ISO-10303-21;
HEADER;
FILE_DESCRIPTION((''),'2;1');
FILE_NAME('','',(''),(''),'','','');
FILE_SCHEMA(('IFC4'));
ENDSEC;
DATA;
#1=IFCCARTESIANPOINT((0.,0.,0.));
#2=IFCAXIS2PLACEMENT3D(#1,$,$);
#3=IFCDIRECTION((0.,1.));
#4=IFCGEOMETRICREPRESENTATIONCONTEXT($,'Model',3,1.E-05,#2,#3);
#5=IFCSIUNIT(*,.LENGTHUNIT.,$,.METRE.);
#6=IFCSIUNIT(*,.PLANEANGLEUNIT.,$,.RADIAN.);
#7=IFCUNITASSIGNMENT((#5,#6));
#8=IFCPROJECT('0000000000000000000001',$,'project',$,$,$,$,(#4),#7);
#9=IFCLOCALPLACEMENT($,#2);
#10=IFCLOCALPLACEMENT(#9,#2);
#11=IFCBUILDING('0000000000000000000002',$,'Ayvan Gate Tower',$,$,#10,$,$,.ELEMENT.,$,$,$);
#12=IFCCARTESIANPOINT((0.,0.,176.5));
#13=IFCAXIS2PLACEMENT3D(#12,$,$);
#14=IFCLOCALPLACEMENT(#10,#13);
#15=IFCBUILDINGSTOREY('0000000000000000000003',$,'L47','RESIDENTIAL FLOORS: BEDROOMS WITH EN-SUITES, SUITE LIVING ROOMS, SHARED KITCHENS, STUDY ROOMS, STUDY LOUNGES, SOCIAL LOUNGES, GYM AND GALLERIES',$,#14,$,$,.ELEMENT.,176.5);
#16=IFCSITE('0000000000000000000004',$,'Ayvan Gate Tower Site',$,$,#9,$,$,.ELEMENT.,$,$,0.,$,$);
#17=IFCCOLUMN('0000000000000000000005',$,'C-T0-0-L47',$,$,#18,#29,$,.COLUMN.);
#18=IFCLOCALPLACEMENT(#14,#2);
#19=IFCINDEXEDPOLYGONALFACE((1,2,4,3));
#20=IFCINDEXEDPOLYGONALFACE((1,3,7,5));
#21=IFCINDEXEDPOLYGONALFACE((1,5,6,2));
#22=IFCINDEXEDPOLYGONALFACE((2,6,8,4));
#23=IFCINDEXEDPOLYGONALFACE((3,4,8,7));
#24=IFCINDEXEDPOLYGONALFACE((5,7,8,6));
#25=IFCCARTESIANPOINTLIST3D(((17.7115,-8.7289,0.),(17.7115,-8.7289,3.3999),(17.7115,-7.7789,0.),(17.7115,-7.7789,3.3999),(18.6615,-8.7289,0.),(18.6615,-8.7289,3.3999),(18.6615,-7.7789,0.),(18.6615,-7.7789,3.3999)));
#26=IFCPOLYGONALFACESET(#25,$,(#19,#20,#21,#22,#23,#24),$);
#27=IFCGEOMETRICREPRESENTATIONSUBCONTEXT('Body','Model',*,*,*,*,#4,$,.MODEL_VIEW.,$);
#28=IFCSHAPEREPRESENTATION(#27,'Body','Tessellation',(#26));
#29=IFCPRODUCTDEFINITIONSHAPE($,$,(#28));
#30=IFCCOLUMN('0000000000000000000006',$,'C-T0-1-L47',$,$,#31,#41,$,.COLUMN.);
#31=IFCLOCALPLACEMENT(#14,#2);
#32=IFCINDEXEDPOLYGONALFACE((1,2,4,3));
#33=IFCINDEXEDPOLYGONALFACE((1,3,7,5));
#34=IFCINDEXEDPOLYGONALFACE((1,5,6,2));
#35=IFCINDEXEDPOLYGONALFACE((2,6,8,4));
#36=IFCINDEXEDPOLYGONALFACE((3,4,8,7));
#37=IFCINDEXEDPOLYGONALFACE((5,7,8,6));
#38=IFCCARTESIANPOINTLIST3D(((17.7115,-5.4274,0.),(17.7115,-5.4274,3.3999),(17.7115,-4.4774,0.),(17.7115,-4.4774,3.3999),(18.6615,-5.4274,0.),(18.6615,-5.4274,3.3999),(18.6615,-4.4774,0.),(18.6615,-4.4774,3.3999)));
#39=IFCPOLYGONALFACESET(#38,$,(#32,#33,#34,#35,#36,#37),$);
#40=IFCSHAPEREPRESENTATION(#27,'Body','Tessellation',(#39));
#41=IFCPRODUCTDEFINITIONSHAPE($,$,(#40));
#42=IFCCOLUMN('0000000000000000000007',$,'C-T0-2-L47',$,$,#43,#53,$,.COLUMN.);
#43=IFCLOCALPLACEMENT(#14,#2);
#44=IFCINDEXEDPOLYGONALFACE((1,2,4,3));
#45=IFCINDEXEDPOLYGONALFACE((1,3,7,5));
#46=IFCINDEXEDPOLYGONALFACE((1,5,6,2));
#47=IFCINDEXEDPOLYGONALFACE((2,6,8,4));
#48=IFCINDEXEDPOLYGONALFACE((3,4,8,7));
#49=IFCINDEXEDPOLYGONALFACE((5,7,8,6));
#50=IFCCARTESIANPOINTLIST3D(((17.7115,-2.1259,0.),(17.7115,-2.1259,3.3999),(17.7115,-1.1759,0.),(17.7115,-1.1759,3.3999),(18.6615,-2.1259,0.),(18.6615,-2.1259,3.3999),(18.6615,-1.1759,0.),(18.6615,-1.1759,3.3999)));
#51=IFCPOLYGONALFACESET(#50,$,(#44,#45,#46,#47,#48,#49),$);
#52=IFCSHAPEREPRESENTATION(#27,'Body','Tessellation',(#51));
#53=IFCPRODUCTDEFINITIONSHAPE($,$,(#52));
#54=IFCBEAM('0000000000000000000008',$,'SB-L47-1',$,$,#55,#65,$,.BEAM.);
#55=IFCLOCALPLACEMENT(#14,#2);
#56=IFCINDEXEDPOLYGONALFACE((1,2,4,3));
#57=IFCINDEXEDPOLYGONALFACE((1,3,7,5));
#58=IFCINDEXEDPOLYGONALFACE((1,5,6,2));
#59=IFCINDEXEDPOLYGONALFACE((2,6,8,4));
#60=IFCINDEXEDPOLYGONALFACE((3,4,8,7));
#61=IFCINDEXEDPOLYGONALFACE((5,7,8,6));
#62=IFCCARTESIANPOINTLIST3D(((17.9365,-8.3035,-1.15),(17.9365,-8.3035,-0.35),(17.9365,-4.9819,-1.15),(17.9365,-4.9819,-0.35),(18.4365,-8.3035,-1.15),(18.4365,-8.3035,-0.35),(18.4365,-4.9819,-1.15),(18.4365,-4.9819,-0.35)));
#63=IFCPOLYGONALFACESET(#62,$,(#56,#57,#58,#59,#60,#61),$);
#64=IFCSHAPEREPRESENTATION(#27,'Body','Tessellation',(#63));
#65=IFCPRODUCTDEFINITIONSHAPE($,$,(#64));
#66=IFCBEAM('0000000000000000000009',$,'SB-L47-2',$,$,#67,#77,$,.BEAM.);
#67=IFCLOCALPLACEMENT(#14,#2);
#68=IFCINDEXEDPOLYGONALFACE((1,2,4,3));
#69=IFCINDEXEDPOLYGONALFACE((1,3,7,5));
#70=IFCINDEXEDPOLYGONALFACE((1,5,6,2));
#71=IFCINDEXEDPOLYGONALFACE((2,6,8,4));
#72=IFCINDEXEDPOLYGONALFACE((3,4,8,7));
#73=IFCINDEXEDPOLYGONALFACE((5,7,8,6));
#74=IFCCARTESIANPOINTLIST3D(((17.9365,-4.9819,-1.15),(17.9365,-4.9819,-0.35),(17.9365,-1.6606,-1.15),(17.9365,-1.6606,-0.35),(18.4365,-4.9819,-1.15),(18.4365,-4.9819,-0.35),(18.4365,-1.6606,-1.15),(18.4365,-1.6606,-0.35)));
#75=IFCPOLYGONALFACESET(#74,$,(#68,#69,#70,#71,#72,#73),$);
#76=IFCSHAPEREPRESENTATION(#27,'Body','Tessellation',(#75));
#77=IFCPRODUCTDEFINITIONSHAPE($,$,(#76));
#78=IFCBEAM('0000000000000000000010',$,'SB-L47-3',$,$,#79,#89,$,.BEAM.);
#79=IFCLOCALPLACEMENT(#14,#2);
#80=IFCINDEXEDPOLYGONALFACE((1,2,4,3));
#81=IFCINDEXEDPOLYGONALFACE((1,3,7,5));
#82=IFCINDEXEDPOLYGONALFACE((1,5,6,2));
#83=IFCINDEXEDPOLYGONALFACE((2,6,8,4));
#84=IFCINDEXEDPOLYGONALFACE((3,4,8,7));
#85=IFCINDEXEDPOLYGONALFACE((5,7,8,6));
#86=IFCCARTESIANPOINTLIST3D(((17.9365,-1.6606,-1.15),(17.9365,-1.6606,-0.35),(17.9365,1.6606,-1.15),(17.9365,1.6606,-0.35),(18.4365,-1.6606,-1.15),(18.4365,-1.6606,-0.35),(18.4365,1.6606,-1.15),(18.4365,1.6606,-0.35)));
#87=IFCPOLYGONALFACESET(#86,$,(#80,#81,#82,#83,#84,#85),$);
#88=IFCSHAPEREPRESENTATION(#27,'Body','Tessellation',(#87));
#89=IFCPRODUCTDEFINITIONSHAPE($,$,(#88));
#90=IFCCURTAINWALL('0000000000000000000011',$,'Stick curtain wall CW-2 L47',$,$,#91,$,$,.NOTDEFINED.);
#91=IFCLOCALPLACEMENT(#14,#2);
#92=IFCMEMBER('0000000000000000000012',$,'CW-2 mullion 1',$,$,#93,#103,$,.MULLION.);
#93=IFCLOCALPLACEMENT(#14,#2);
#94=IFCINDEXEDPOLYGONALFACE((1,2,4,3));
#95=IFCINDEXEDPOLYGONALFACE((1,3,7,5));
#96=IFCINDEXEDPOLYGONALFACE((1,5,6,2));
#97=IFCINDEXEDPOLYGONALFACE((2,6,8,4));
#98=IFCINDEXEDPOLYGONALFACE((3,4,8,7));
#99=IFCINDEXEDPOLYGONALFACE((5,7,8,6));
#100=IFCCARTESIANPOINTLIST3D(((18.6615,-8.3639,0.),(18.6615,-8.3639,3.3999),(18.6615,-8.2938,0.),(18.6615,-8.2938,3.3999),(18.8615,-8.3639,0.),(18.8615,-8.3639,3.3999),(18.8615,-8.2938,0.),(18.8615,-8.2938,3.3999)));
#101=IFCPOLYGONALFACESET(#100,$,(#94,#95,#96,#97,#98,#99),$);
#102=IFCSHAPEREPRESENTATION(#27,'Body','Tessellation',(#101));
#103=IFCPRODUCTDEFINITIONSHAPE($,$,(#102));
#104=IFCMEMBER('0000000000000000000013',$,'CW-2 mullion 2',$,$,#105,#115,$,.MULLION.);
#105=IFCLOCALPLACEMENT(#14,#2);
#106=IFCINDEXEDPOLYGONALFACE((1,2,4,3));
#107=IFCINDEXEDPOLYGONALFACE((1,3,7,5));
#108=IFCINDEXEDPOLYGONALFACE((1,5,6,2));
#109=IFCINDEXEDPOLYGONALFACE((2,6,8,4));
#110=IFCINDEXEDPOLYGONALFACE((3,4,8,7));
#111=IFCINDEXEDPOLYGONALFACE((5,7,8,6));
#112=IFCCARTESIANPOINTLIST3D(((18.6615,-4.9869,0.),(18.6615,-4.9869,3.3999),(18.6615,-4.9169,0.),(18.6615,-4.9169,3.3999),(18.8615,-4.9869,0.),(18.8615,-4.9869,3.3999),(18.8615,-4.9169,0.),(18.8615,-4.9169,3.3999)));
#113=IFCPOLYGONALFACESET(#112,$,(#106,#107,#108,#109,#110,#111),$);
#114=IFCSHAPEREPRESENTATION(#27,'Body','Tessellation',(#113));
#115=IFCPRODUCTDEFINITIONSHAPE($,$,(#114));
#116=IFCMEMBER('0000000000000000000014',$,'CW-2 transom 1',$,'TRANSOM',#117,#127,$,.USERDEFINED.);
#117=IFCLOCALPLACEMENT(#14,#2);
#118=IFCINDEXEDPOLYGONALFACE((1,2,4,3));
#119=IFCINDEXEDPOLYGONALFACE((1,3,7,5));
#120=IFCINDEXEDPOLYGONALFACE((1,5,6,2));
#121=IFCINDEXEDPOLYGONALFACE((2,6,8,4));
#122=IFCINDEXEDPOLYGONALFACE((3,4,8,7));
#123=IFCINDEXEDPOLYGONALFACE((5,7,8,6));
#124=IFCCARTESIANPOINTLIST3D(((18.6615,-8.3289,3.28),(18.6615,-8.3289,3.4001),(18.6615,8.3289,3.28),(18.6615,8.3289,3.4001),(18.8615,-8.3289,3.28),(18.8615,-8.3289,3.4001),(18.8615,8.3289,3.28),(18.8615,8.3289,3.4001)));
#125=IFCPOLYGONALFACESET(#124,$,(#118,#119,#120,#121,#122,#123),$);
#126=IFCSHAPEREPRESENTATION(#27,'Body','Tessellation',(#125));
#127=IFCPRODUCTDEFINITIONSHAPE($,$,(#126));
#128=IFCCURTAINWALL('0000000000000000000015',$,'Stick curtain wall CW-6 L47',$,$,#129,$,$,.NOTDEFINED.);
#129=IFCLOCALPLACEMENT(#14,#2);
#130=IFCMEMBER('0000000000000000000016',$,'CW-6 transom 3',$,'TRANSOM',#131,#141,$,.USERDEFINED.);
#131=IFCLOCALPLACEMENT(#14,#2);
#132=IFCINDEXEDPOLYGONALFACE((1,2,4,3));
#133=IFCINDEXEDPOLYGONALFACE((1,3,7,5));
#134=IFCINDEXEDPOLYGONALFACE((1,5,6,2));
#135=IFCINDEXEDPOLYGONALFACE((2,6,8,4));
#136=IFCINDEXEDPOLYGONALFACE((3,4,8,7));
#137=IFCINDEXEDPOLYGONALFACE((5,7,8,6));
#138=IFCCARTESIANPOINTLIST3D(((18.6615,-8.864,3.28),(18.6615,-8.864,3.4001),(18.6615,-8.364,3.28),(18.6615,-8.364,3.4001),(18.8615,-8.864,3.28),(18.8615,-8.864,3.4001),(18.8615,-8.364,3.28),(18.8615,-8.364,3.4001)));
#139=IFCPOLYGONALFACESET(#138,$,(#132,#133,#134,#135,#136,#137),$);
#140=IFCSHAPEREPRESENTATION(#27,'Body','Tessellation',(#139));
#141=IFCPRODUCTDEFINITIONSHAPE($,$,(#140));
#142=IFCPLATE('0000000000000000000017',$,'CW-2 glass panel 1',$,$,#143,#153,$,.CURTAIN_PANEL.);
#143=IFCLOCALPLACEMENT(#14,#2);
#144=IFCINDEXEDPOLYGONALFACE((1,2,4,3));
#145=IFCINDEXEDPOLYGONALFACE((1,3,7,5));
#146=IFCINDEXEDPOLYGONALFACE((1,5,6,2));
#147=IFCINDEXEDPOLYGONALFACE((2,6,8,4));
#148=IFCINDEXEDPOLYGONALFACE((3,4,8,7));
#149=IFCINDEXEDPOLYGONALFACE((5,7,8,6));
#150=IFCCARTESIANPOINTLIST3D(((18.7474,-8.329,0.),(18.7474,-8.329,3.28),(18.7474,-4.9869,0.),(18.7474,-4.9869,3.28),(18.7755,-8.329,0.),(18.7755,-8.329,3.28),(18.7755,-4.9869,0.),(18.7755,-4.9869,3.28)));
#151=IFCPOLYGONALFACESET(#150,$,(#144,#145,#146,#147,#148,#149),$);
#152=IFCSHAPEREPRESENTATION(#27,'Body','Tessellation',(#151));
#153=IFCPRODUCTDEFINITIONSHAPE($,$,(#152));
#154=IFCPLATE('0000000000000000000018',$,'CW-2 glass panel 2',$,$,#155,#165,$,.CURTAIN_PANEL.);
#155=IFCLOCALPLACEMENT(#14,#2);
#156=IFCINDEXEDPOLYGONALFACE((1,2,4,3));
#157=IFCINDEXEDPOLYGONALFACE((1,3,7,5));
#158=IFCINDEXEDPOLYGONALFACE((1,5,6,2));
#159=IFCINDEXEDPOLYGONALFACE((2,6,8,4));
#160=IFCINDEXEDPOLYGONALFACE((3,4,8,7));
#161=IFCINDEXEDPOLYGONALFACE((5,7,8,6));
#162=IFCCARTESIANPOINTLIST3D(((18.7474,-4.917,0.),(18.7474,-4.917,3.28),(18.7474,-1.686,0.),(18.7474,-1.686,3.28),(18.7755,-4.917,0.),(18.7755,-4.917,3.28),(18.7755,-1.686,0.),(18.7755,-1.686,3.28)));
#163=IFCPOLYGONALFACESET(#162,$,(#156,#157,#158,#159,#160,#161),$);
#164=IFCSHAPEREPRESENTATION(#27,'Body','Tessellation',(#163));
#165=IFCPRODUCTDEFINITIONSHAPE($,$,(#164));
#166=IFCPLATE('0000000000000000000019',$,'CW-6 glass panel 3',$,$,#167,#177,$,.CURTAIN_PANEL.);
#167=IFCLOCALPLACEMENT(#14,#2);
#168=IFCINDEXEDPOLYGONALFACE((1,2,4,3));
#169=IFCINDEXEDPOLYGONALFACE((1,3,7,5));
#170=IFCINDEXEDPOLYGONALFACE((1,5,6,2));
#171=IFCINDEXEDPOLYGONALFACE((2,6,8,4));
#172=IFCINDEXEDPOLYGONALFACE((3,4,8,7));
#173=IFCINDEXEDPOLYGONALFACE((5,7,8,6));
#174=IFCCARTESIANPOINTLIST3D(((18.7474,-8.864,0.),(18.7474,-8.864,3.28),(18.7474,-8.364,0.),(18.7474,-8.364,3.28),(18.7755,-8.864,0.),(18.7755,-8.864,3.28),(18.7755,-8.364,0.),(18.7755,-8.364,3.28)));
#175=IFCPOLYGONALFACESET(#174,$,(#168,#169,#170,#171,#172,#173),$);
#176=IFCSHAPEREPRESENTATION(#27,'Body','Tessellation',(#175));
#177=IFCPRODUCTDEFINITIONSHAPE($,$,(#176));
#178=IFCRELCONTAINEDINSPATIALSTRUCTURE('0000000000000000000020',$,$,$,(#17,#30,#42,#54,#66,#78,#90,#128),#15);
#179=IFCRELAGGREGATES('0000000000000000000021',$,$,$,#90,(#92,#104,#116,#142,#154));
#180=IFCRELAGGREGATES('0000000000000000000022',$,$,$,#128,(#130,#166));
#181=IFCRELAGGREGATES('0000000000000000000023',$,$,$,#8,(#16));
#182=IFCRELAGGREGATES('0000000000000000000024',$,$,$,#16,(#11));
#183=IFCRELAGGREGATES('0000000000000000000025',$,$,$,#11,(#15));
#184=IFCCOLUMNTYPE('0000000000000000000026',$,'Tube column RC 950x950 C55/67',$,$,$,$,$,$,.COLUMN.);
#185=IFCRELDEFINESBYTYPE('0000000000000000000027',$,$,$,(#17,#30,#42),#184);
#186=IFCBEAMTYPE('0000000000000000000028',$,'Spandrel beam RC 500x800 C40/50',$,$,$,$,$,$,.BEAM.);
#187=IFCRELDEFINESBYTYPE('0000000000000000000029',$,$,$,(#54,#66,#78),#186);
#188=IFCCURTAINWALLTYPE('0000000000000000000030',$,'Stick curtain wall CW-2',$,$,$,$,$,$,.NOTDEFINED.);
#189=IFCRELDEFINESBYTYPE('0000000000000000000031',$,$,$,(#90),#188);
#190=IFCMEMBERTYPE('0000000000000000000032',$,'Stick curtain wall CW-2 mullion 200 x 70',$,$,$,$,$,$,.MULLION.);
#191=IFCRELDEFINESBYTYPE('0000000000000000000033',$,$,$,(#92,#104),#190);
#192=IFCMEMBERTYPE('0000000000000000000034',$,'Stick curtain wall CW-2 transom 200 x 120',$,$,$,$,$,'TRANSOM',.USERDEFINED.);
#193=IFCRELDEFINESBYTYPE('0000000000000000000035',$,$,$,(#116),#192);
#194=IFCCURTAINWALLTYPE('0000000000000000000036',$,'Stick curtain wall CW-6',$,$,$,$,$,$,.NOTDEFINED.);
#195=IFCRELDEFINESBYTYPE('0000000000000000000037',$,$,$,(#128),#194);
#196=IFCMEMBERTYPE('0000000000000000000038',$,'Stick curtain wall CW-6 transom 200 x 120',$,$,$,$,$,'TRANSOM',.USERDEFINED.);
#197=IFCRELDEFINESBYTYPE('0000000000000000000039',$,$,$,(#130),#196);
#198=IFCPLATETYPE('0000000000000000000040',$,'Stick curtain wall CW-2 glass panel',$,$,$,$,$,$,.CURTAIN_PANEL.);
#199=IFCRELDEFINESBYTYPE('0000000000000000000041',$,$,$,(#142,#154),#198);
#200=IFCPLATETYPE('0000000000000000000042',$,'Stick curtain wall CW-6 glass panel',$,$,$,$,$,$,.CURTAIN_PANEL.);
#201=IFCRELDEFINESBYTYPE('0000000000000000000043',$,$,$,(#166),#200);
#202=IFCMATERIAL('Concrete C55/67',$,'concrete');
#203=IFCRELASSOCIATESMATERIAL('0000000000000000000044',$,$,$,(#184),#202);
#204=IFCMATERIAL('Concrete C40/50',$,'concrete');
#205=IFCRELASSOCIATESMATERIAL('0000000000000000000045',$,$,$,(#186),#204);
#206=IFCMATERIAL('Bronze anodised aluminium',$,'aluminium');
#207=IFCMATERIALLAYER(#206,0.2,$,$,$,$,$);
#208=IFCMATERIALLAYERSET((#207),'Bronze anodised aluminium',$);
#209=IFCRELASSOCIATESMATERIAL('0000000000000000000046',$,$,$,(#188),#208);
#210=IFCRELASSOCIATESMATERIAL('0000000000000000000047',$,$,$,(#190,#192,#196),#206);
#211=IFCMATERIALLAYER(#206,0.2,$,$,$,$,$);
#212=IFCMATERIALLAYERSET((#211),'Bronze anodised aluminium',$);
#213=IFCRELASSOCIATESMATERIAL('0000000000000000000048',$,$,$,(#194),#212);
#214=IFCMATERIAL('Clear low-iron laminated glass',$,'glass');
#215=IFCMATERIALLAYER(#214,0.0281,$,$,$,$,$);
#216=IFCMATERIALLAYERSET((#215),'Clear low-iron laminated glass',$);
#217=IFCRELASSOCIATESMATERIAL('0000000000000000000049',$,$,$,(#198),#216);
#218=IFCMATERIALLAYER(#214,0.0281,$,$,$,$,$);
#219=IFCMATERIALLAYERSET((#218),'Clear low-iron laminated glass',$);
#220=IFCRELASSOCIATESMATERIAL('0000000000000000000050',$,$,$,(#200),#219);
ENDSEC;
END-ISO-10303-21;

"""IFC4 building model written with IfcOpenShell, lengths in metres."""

from ifc_helpers import new_model, si_unit, direction, frame, origin, origin_2d, place, context, subcontext, project, spatial, rectangle, extrude, material, layer, layer_set, material_profile, profile_set, type_object, element, aggregate, save


model = new_model("IFC4")

# Units and contexts
model_context = context("Model", 3, precision=1e-05, world=origin(), true_north=direction((0.0, 1.0)))
body_context = subcontext(model_context, "Body", "Model", "MODEL_VIEW")
ifc_project = project(units=[si_unit("LENGTHUNIT", "METRE"), si_unit("PLANEANGLEUNIT", "RADIAN")], contexts=[model_context])

# Site, building, storey
site_placement = place(None, origin())
site = spatial("IfcSite", under=ifc_project, at=site_placement, Name="Ayvan Gate Tower Site", CompositionType="ELEMENT", RefElevation=0.0)
building_placement = place(site_placement, origin())
building = spatial("IfcBuilding", under=site, at=building_placement, Name="Ayvan Gate Tower", CompositionType="ELEMENT")
storey_placement = place(building_placement, frame((0.0, 0.0, 176.5)))
storey = spatial("IfcBuildingStorey", under=building, at=storey_placement, Name="L47", Description="RESIDENTIAL FLOORS: BEDROOMS WITH EN-SUITES, SUITE LIVING ROOMS, SHARED KITCHENS, STUDY ROOMS, STUDY LOUNGES, SOCIAL LOUNGES, GYM AND GALLERIES", CompositionType="ELEMENT", Elevation=176.5)

# Columns
ifc_material_1 = material(Name="Concrete C55/67", Category="concrete")
ifc_material_profile_1 = material_profile(ifc_material_1, rectangle(XDim=0.95, YDim=0.95, at=origin_2d()), Name="RC 950x950")
ifc_profile_set_1 = profile_set([ifc_material_profile_1], Name="Concrete C55/67")
column_type = type_object("IfcColumnType", Name="Tube column RC 950x950 C55/67", PredefinedType="COLUMN", material=ifc_profile_set_1)
for number, where, z_axis, x_axis, name in (
    (1, (18.1865, -8.2539, 0.0), (0.0, 0.0, 1.0), (1.0, 0.0, 0.0), "C-T0-0-L47"),
    (2, (18.1865, -4.9524, 0.0), (0.0, 0.0, 1.0), (1.0, 0.0, 0.0), "C-T0-1-L47"),
    (3, (18.1865, -1.6509, 0.0), (0.0, 0.0, 1.0), (1.0, 0.0, 0.0), "C-T0-2-L47"),
):
    element("IfcColumn", number, at=place(storey_placement, frame(where, z_axis=z_axis, x_axis=x_axis)), inside=storey, type_object=column_type, Name=name, PredefinedType="COLUMN", context=body_context, shape_type="SweptSolid", body=[
        extrude(rectangle(XDim=0.95, YDim=0.95, at=origin_2d()), origin(), (0.0, 0.0, 1.0), 3.3999),
    ])

# Beams
ifc_material_2 = material(Name="Concrete C40/50", Category="concrete")
ifc_material_profile_2 = material_profile(ifc_material_2, rectangle(XDim=0.5, YDim=0.8, at=origin_2d()), Name="RC 500x800")
ifc_profile_set_2 = profile_set([ifc_material_profile_2], Name="Concrete C40/50")
beam_type = type_object("IfcBeamType", Name="Spandrel beam RC 500x800 C40/50", PredefinedType="BEAM", material=ifc_profile_set_2)
beam_placement = place(storey_placement, frame((18.1865, -8.3035, -0.75), z_axis=(0.0, 1.0, 0.0), x_axis=(-1.0, 0.0, 0.0)))
element("IfcBeam", 4, at=beam_placement, inside=storey, type_object=beam_type, Name="SB-L47-1", PredefinedType="BEAM", context=body_context, shape_type="SweptSolid", body=[
    extrude(rectangle(XDim=0.5, YDim=0.8, at=origin_2d()), origin(), (0.0, 0.0, 1.0), 3.3215),
])
for number, where, z_axis, x_axis, name in (
    (5, (18.1865, -4.9819, -0.75), (0.0, 1.0, 0.0), (-1.0, 0.0, 0.0), "SB-L47-2"),
    (6, (18.1865, -1.6606, -0.75), (0.0, 1.0, 0.0), (-1.0, 0.0, 0.0), "SB-L47-3"),
):
    element("IfcBeam", number, at=place(storey_placement, frame(where, z_axis=z_axis, x_axis=x_axis)), inside=storey, type_object=beam_type, Name=name, PredefinedType="BEAM", context=body_context, shape_type="SweptSolid", body=[
        extrude(rectangle(XDim=0.5, YDim=0.8, at=origin_2d()), origin(), (0.0, 0.0, 1.0), 3.3213),
    ])

# Curtain wall, members
ifc_material_3 = material(Name="Bronze anodised aluminium", Category="aluminium")
ifc_layer_1 = layer(ifc_material_3, 0.2)
ifc_layer_set_1 = layer_set([ifc_layer_1], Name="Bronze anodised aluminium")
curtain_wall_type_1 = type_object("IfcCurtainWallType", Name="Stick curtain wall CW-2", PredefinedType="NOTDEFINED", material=ifc_layer_set_1)
curtain_wall_1_placement = place(storey_placement, origin())
curtain_wall_1 = element("IfcCurtainWall", 7, at=curtain_wall_1_placement, inside=storey, type_object=curtain_wall_type_1, Name="Stick curtain wall CW-2 L47", PredefinedType="NOTDEFINED")
ifc_material_profile_3 = material_profile(ifc_material_3, rectangle(XDim=0.2, YDim=0.0701, at=origin_2d()), Name="Stick curtain wall CW-2 mullion 200 x 70")
ifc_profile_set_3 = profile_set([ifc_material_profile_3], Name="Bronze anodised aluminium")
member_type_1 = type_object("IfcMemberType", Name="Stick curtain wall CW-2 mullion 200 x 70", PredefinedType="MULLION", material=ifc_profile_set_3)
member_1_placement = place(storey_placement, frame((18.7615, -8.3289, 0.0), z_axis=(0.0, 0.0, 1.0), x_axis=(1.0, 0.0, 0.0)))
member_1 = element("IfcMember", 8, at=member_1_placement, type_object=member_type_1, Name="CW-2 mullion 1", PredefinedType="MULLION", context=body_context, shape_type="SweptSolid", body=[
    extrude(rectangle(XDim=0.2, YDim=0.0701, at=origin_2d()), origin(), (0.0, 0.0, 1.0), 3.3999),
])
member_2_placement = place(storey_placement, frame((18.7615, -4.9519, 0.0), z_axis=(0.0, 0.0, 1.0), x_axis=(1.0, 0.0, 0.0)))
member_2 = element("IfcMember", 9, at=member_2_placement, type_object=member_type_1, Name="CW-2 mullion 2", PredefinedType="MULLION", context=body_context, shape_type="SweptSolid", body=[
    extrude(rectangle(XDim=0.2, YDim=0.0701, at=origin_2d()), origin(), (0.0, 0.0, 1.0), 3.3999),
])
ifc_material_profile_4 = material_profile(ifc_material_3, rectangle(XDim=0.2, YDim=0.1201, at=origin_2d()), Name="Stick curtain wall CW-2 transom 200 x 120")
ifc_profile_set_4 = profile_set([ifc_material_profile_4], Name="Bronze anodised aluminium")
member_type_2 = type_object("IfcMemberType", Name="Stick curtain wall CW-2 transom 200 x 120", ElementType="TRANSOM", PredefinedType="USERDEFINED", material=ifc_profile_set_4)
member_3_placement = place(storey_placement, frame((18.7615, -8.3289, 3.3401), z_axis=(0.0, 1.0, 0.0), x_axis=(-1.0, 0.0, 0.0)))
member_3 = element("IfcMember", 10, at=member_3_placement, type_object=member_type_2, Name="CW-2 transom 1", ObjectType="TRANSOM", PredefinedType="USERDEFINED", context=body_context, shape_type="SweptSolid", body=[
    extrude(rectangle(XDim=0.2, YDim=0.1201, at=origin_2d()), origin(), (0.0, 0.0, 1.0), 16.6577),
])

# Curtain wall, member
ifc_layer_2 = layer(ifc_material_3, 0.2)
ifc_layer_set_2 = layer_set([ifc_layer_2], Name="Bronze anodised aluminium")
curtain_wall_type_2 = type_object("IfcCurtainWallType", Name="Stick curtain wall CW-6", PredefinedType="NOTDEFINED", material=ifc_layer_set_2)
curtain_wall_2_placement = place(storey_placement, origin())
curtain_wall_2 = element("IfcCurtainWall", 11, at=curtain_wall_2_placement, inside=storey, type_object=curtain_wall_type_2, Name="Stick curtain wall CW-6 L47", PredefinedType="NOTDEFINED")
ifc_material_profile_5 = material_profile(ifc_material_3, rectangle(XDim=0.2, YDim=0.1201, at=origin_2d()), Name="Stick curtain wall CW-6 transom 200 x 120")
ifc_profile_set_5 = profile_set([ifc_material_profile_5], Name="Bronze anodised aluminium")
member_type_3 = type_object("IfcMemberType", Name="Stick curtain wall CW-6 transom 200 x 120", ElementType="TRANSOM", PredefinedType="USERDEFINED", material=ifc_profile_set_5)
member_4_placement = place(storey_placement, frame((18.7615, -8.864, 3.3401), z_axis=(0.0, 1.0, 0.0), x_axis=(-1.0, 0.0, 0.0)))
member_4 = element("IfcMember", 12, at=member_4_placement, type_object=member_type_3, Name="CW-6 transom 3", ObjectType="TRANSOM", PredefinedType="USERDEFINED", context=body_context, shape_type="SweptSolid", body=[
    extrude(rectangle(XDim=0.2, YDim=0.1201, at=origin_2d()), origin(), (0.0, 0.0, 1.0), 0.5),
])

# Plates
ifc_material_4 = material(Name="Clear low-iron laminated glass", Category="glass")
ifc_layer_3 = layer(ifc_material_4, 0.0281)
ifc_layer_set_3 = layer_set([ifc_layer_3], Name="Clear low-iron laminated glass")
plate_type_1 = type_object("IfcPlateType", Name="Stick curtain wall CW-2 glass panel", PredefinedType="CURTAIN_PANEL", material=ifc_layer_set_3)
plate_1_placement = place(storey_placement, frame((18.7615, -6.658, 0.0), z_axis=(0.0, 0.0, 1.0), x_axis=(0.0, 1.0, 0.0)))
plate_1 = element("IfcPlate", 13, at=plate_1_placement, type_object=plate_type_1, Name="CW-2 glass panel 1", PredefinedType="CURTAIN_PANEL", context=body_context, shape_type="SweptSolid", body=[
    extrude(rectangle(XDim=3.342, YDim=0.0281, at=origin_2d()), origin(), (0.0, 0.0, 1.0), 3.28),
])
plate_2_placement = place(storey_placement, frame((18.7615, -3.3015, 0.0), z_axis=(0.0, 0.0, 1.0), x_axis=(0.0, 1.0, 0.0)))
plate_2 = element("IfcPlate", 14, at=plate_2_placement, type_object=plate_type_1, Name="CW-2 glass panel 2", PredefinedType="CURTAIN_PANEL", context=body_context, shape_type="SweptSolid", body=[
    extrude(rectangle(XDim=3.231, YDim=0.0281, at=origin_2d()), origin(), (0.0, 0.0, 1.0), 3.28),
])
aggregate(curtain_wall_1, [member_1, member_2, member_3, plate_1, plate_2])
ifc_layer_4 = layer(ifc_material_4, 0.0281)
ifc_layer_set_4 = layer_set([ifc_layer_4], Name="Clear low-iron laminated glass")
plate_type_2 = type_object("IfcPlateType", Name="Stick curtain wall CW-6 glass panel", PredefinedType="CURTAIN_PANEL", material=ifc_layer_set_4)
plate_3_placement = place(storey_placement, frame((18.7615, -8.614, 0.0), z_axis=(0.0, 0.0, 1.0), x_axis=(0.0, 1.0, 0.0)))
plate_3 = element("IfcPlate", 15, at=plate_3_placement, type_object=plate_type_2, Name="CW-6 glass panel 3", PredefinedType="CURTAIN_PANEL", context=body_context, shape_type="SweptSolid", body=[
    extrude(rectangle(XDim=0.5, YDim=0.0281, at=origin_2d()), origin(), (0.0, 0.0, 1.0), 3.28),
])
aggregate(curtain_wall_2, [member_4, plate_3])

save(model, "model.ifc")
